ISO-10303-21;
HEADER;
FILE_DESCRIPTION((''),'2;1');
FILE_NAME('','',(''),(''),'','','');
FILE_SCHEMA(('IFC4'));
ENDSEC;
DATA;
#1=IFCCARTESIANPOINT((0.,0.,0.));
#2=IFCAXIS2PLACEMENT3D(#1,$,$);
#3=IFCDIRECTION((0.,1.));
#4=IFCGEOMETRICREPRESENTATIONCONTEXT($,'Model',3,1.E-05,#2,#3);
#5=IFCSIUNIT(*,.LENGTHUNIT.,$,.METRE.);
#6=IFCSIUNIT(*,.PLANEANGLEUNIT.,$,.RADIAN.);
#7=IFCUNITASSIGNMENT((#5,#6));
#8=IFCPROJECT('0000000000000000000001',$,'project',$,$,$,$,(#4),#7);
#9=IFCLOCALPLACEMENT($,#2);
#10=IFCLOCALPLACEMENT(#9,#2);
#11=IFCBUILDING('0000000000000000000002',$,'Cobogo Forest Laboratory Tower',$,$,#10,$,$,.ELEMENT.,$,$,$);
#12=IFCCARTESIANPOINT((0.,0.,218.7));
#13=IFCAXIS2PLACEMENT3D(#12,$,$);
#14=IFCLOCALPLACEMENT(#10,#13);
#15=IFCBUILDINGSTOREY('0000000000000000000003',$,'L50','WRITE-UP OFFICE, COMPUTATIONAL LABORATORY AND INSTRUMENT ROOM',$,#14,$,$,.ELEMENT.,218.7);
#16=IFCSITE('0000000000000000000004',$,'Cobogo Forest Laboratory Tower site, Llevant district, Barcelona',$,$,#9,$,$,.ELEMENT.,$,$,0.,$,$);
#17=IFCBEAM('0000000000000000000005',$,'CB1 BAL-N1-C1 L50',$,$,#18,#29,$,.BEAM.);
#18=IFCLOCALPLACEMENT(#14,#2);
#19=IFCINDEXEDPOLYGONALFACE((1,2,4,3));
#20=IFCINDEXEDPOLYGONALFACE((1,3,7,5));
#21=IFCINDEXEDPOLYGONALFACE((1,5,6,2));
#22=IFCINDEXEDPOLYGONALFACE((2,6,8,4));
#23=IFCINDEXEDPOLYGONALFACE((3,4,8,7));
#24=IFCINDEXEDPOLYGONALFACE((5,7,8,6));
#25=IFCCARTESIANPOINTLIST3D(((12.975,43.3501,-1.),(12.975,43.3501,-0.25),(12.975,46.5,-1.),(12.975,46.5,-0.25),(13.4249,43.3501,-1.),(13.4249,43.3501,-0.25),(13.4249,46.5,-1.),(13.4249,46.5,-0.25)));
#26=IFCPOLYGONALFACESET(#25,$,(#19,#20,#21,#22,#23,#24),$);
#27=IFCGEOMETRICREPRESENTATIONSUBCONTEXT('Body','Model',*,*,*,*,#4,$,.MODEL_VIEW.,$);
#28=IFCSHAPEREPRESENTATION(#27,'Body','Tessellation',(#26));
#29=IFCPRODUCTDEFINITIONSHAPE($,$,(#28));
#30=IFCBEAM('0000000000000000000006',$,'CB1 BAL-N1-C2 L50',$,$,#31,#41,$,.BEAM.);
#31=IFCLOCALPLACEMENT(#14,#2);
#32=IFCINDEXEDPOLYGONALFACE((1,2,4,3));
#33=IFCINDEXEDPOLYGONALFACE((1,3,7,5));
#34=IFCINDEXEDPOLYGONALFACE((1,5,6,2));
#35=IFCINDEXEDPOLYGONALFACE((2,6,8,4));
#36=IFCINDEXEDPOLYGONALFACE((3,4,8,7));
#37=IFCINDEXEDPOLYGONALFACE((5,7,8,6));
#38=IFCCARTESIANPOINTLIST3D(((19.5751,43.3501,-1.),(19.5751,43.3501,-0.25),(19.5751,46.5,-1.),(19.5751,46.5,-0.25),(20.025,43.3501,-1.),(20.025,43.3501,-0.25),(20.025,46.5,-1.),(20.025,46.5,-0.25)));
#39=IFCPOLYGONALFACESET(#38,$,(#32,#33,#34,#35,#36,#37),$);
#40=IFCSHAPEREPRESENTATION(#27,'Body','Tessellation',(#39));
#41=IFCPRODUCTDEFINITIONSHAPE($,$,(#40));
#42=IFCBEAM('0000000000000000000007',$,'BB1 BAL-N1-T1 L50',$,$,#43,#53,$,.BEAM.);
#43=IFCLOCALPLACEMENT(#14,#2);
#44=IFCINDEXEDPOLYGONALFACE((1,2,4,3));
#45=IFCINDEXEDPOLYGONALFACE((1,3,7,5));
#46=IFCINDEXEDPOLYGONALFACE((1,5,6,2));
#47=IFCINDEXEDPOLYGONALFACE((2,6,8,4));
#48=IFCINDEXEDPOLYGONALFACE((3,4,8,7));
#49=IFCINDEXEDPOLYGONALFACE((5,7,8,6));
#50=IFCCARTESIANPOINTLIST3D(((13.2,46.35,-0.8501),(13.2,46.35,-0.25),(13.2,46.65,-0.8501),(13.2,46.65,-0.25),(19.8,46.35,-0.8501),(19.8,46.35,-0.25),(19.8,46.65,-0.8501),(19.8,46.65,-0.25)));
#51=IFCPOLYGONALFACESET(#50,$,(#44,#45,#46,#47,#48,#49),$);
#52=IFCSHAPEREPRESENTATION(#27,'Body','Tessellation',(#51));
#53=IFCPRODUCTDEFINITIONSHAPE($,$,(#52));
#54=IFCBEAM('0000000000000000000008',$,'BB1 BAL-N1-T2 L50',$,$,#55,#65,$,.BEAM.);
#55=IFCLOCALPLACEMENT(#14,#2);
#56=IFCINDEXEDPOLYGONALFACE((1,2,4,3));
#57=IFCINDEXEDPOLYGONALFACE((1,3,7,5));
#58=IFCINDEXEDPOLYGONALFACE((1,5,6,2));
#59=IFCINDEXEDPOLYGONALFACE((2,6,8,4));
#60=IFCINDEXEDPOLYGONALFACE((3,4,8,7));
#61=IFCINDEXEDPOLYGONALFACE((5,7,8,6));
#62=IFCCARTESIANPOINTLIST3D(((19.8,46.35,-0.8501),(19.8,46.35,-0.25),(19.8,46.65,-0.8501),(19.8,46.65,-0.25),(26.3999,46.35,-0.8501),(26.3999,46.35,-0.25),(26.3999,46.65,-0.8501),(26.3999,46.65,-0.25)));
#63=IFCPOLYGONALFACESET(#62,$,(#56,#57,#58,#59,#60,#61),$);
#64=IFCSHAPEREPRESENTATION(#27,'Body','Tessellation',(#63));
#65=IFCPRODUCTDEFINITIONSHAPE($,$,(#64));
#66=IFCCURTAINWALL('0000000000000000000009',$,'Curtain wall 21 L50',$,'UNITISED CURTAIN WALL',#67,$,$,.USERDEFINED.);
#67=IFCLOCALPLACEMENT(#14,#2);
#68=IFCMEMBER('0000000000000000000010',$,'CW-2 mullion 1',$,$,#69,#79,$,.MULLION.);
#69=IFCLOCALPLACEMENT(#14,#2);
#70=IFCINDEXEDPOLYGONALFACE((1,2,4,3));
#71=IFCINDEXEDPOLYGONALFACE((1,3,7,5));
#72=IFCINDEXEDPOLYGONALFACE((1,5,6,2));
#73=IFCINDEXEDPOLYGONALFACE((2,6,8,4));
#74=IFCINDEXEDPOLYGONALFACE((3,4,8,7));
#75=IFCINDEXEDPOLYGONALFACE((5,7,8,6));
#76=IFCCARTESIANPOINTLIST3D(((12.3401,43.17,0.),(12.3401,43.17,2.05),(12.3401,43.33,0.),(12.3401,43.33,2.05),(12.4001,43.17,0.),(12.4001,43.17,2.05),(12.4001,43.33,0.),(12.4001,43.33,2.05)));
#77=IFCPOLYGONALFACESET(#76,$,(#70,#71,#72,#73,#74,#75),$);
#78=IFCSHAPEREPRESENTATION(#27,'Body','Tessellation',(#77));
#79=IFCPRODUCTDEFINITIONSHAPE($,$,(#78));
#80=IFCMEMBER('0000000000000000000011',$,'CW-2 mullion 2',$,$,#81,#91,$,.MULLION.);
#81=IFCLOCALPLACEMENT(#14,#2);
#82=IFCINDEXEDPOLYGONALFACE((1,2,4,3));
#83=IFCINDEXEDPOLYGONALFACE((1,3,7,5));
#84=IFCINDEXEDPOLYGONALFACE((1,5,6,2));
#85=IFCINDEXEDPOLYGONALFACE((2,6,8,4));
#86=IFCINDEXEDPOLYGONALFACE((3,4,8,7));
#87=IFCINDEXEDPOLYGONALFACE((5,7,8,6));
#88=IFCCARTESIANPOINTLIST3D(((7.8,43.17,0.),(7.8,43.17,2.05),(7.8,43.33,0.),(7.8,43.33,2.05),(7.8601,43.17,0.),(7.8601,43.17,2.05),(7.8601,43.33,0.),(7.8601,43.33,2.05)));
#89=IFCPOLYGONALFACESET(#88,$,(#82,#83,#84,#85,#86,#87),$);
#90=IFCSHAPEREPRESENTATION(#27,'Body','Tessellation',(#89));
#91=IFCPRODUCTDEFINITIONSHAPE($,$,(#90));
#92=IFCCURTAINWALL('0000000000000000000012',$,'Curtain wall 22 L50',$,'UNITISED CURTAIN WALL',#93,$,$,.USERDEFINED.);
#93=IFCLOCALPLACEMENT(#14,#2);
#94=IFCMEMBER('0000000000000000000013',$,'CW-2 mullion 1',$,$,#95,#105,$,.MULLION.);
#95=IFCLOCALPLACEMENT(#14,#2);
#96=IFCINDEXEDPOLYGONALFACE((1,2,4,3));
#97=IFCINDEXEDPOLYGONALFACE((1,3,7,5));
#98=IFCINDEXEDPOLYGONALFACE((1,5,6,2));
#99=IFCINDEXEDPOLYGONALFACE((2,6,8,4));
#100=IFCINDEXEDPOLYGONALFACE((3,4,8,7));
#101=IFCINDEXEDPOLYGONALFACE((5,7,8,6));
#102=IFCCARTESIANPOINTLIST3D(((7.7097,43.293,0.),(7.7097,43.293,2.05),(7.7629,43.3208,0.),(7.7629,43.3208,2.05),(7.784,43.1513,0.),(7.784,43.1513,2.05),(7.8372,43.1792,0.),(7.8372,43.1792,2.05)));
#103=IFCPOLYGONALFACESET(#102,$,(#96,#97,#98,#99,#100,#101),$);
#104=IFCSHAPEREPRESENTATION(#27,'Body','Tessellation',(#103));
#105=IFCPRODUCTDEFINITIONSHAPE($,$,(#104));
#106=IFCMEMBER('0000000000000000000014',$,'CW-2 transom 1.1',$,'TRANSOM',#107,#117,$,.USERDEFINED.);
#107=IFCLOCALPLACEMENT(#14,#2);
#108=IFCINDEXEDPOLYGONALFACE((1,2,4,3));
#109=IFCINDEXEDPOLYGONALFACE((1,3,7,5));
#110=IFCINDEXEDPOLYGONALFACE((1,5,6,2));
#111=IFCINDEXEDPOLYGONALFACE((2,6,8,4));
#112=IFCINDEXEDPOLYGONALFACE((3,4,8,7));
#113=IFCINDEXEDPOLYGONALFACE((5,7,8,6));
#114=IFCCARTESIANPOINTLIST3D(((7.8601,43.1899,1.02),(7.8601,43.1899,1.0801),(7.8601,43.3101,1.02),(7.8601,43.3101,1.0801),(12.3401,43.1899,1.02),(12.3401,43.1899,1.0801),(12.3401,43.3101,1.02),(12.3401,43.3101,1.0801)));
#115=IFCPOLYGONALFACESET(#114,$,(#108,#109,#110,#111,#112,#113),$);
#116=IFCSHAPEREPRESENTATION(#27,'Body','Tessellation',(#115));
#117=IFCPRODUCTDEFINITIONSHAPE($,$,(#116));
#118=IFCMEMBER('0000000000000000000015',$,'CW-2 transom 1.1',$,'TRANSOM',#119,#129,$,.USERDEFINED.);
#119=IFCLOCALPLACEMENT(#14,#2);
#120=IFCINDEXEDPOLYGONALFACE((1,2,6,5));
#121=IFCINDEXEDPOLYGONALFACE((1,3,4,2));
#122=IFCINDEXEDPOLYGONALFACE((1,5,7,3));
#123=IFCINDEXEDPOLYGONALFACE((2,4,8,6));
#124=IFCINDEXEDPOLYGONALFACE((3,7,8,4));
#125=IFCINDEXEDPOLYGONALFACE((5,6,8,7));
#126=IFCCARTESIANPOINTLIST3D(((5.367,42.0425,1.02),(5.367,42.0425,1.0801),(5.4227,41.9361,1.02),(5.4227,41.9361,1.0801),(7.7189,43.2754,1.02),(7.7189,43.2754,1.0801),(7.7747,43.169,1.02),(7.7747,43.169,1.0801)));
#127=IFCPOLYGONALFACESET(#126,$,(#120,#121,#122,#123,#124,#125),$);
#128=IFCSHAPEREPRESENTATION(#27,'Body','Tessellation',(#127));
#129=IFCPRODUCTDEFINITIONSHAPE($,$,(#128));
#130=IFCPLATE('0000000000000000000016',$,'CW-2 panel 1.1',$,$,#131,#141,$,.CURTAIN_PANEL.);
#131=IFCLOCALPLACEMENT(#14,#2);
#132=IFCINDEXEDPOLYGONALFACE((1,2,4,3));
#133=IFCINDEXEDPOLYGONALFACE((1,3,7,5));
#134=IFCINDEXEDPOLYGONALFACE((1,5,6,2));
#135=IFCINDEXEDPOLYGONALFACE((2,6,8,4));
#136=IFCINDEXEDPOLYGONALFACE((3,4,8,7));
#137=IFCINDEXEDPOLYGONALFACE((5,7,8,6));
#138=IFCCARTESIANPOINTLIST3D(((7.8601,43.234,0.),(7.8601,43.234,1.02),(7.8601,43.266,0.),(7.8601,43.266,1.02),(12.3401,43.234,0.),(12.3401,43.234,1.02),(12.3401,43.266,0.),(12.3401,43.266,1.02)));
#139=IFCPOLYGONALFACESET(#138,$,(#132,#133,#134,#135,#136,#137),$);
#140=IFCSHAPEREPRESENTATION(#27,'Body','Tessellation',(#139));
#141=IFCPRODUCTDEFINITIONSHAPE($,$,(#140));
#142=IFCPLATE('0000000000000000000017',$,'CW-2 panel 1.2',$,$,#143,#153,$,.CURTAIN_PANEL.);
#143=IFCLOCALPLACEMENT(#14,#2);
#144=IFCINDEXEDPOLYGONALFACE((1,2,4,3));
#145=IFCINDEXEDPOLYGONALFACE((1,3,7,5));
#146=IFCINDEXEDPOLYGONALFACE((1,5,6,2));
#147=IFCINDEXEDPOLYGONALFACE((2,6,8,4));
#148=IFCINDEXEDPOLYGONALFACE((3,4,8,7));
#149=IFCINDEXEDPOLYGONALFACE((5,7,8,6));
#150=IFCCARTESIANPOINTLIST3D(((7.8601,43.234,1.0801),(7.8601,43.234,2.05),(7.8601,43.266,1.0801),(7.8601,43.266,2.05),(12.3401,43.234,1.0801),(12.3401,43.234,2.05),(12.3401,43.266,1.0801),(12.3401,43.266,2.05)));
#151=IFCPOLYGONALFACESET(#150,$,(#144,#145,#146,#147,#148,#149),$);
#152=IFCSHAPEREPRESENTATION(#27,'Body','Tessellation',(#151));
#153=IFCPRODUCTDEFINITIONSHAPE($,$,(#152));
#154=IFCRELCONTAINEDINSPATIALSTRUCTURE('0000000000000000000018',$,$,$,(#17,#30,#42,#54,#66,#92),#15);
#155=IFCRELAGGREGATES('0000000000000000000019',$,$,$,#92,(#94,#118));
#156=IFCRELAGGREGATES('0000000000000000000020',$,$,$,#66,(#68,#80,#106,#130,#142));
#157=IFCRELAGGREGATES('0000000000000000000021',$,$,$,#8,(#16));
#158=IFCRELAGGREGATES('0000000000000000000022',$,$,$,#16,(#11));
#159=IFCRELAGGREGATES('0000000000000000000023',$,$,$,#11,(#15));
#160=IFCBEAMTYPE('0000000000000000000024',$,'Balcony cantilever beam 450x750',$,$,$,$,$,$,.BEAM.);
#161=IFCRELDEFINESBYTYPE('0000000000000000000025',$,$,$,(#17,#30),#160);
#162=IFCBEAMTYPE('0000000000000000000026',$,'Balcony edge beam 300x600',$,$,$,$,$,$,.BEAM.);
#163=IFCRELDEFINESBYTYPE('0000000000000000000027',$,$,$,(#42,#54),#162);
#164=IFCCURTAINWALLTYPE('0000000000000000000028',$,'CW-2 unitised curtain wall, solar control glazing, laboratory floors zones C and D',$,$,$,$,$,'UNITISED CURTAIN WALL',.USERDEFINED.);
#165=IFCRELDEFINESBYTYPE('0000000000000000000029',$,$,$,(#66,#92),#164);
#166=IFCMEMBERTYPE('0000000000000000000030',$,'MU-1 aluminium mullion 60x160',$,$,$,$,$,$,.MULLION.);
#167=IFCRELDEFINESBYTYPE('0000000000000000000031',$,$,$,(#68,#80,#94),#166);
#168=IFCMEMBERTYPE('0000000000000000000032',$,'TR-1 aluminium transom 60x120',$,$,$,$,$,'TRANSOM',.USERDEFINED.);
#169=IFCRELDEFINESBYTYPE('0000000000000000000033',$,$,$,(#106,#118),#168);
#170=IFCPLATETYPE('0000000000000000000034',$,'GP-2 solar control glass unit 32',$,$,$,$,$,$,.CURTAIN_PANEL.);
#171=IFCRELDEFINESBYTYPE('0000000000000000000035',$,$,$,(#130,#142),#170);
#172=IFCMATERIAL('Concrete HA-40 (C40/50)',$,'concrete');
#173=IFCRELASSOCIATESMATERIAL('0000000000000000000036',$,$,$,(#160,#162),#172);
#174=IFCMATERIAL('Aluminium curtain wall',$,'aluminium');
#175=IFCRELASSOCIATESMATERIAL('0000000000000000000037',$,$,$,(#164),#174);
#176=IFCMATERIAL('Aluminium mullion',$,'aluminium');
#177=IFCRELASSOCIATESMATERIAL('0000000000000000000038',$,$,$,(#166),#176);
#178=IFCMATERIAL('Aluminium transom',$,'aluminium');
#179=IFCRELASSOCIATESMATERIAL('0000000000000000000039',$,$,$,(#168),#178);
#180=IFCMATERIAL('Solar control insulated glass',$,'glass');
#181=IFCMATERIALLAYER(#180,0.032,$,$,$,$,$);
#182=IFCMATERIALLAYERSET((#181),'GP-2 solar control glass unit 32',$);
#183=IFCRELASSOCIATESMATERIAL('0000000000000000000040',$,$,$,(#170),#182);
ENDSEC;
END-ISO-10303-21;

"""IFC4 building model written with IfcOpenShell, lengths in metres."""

from ifc_helpers import new_model, si_unit, direction, frame, origin, origin_2d, place, context, subcontext, project, spatial, rectangle, extrude, material, layer, layer_set, material_profile, profile_set, type_object, element, aggregate, save


model = new_model("IFC4")

# Units and contexts
model_context = context("Model", 3, precision=1e-05, world=origin(), true_north=direction((0.0, 1.0)))
body_context = subcontext(model_context, "Body", "Model", "MODEL_VIEW")
ifc_project = project(units=[si_unit("LENGTHUNIT", "METRE"), si_unit("PLANEANGLEUNIT", "RADIAN")], contexts=[model_context])

# Site, building, storey
site_placement = place(None, origin())
site = spatial("IfcSite", under=ifc_project, at=site_placement, Name="Cobogo Forest Laboratory Tower site, Llevant district, Barcelona", CompositionType="ELEMENT", RefElevation=0.0)
building_placement = place(site_placement, origin())
building = spatial("IfcBuilding", under=site, at=building_placement, Name="Cobogo Forest Laboratory Tower", CompositionType="ELEMENT")
storey_placement = place(building_placement, frame((0.0, 0.0, 218.7)))
storey = spatial("IfcBuildingStorey", under=building, at=storey_placement, Name="L50", Description="WRITE-UP OFFICE, COMPUTATIONAL LABORATORY AND INSTRUMENT ROOM", CompositionType="ELEMENT", Elevation=218.7)

# Beams
ifc_material_1 = material(Name="Concrete HA-40 (C40/50)", Category="concrete")
ifc_material_profile_1 = material_profile(ifc_material_1, rectangle(XDim=0.45, YDim=0.75, at=origin_2d()), Name="RC 450x750")
ifc_profile_set_1 = profile_set([ifc_material_profile_1], Name="Concrete HA-40 (C40/50)")
beam_type_1 = type_object("IfcBeamType", Name="Balcony cantilever beam 450x750", PredefinedType="BEAM", material=ifc_profile_set_1)
for number, where, z_axis, x_axis, name in (
    (1, (13.2, 43.3501, -0.625), (0.0, 1.0, 0.0), (-1.0, 0.0, 0.0), "CB1 BAL-N1-C1 L50"),
    (2, (19.8, 43.3501, -0.625), (0.0, 1.0, 0.0), (-1.0, 0.0, 0.0), "CB1 BAL-N1-C2 L50"),
):
    element("IfcBeam", number, at=place(storey_placement, frame(where, z_axis=z_axis, x_axis=x_axis)), inside=storey, type_object=beam_type_1, Name=name, PredefinedType="BEAM", context=body_context, shape_type="SweptSolid", body=[
        extrude(rectangle(XDim=0.45, YDim=0.75, at=origin_2d()), origin(), (0.0, 0.0, 1.0), 3.1499),
    ])
ifc_material_profile_2 = material_profile(ifc_material_1, rectangle(XDim=0.3, YDim=0.6001, at=origin_2d()), Name="RC 300x600")
ifc_profile_set_2 = profile_set([ifc_material_profile_2], Name="Concrete HA-40 (C40/50)")
beam_type_2 = type_object("IfcBeamType", Name="Balcony edge beam 300x600", PredefinedType="BEAM", material=ifc_profile_set_2)
beam_1_placement = place(storey_placement, frame((13.2, 46.5, -0.55), z_axis=(1.0, 0.0, 0.0), x_axis=(0.0, 1.0, 0.0)))
element("IfcBeam", 3, at=beam_1_placement, inside=storey, type_object=beam_type_2, Name="BB1 BAL-N1-T1 L50", PredefinedType="BEAM", context=body_context, shape_type="SweptSolid", body=[
    extrude(rectangle(XDim=0.3, YDim=0.6001, at=origin_2d()), origin(), (0.0, 0.0, 1.0), 6.6001),
])
beam_2_placement = place(storey_placement, frame((19.8, 46.5, -0.55), z_axis=(1.0, 0.0, 0.0), x_axis=(0.0, 1.0, 0.0)))
element("IfcBeam", 4, at=beam_2_placement, inside=storey, type_object=beam_type_2, Name="BB1 BAL-N1-T2 L50", PredefinedType="BEAM", context=body_context, shape_type="SweptSolid", body=[
    extrude(rectangle(XDim=0.3, YDim=0.6001, at=origin_2d()), origin(), (0.0, 0.0, 1.0), 6.5999),
])

# Curtain wall, members
ifc_material_2 = material(Name="Aluminium curtain wall", Category="aluminium")
curtain_wall_type = type_object("IfcCurtainWallType", Name="CW-2 unitised curtain wall, solar control glazing, laboratory floors zones C and D", ElementType="UNITISED CURTAIN WALL", PredefinedType="USERDEFINED", material=ifc_material_2)
curtain_wall_1_placement = place(storey_placement, origin())
curtain_wall_1 = element("IfcCurtainWall", 5, at=curtain_wall_1_placement, inside=storey, type_object=curtain_wall_type, Name="Curtain wall 21 L50", ObjectType="UNITISED CURTAIN WALL", PredefinedType="USERDEFINED")
ifc_material_3 = material(Name="Aluminium mullion", Category="aluminium")
ifc_material_profile_3 = material_profile(ifc_material_3, rectangle(XDim=0.0601, YDim=0.1599, at=origin_2d()), Name="AL 60x160")
ifc_profile_set_3 = profile_set([ifc_material_profile_3], Name="Aluminium mullion")
member_type_1 = type_object("IfcMemberType", Name="MU-1 aluminium mullion 60x160", PredefinedType="MULLION", material=ifc_profile_set_3)
member_1_placement = place(storey_placement, frame((12.3701, 43.25, 0.0), z_axis=(0.0, 0.0, 1.0), x_axis=(-1.0, 0.0, 0.0)))
member_1 = element("IfcMember", 6, at=member_1_placement, type_object=member_type_1, Name="CW-2 mullion 1", PredefinedType="MULLION", context=body_context, shape_type="SweptSolid", body=[
    extrude(rectangle(XDim=0.0601, YDim=0.1599, at=origin_2d()), origin(), (0.0, 0.0, 1.0), 2.05),
])
member_2_placement = place(storey_placement, frame((7.8301, 43.25, 0.0), z_axis=(0.0, 0.0, 1.0), x_axis=(-1.0, 0.0, 0.0)))
member_2 = element("IfcMember", 7, at=member_2_placement, type_object=member_type_1, Name="CW-2 mullion 2", PredefinedType="MULLION", context=body_context, shape_type="SweptSolid", body=[
    extrude(rectangle(XDim=0.0601, YDim=0.1599, at=origin_2d()), origin(), (0.0, 0.0, 1.0), 2.05),
])

# Curtain wall, member
curtain_wall_2_placement = place(storey_placement, origin())
curtain_wall_2 = element("IfcCurtainWall", 8, at=curtain_wall_2_placement, inside=storey, type_object=curtain_wall_type, Name="Curtain wall 22 L50", ObjectType="UNITISED CURTAIN WALL", PredefinedType="USERDEFINED")
member_3_placement = place(storey_placement, frame((7.7734, 43.2361, 0.0), z_axis=(0.0, 0.0, 1.0), x_axis=(-0.885687, -0.464284, 0.0)))
member_3 = element("IfcMember", 9, at=member_3_placement, type_object=member_type_1, Name="CW-2 mullion 1", PredefinedType="MULLION", context=body_context, shape_type="SweptSolid", body=[
    extrude(rectangle(XDim=0.0601, YDim=0.1599, at=origin_2d()), origin(), (0.0, 0.0, 1.0), 2.05),
])

# Members
ifc_material_4 = material(Name="Aluminium transom", Category="aluminium")
ifc_material_profile_4 = material_profile(ifc_material_4, rectangle(XDim=0.1201, YDim=0.0601, at=origin_2d()), Name="AL 60x120")
ifc_profile_set_4 = profile_set([ifc_material_profile_4], Name="Aluminium transom")
member_type_2 = type_object("IfcMemberType", Name="TR-1 aluminium transom 60x120", ElementType="TRANSOM", PredefinedType="USERDEFINED", material=ifc_profile_set_4)
member_4_placement = place(storey_placement, frame((12.3401, 43.25, 1.05), z_axis=(-1.0, 0.0, 0.0), x_axis=(0.0, -1.0, 0.0)))
member_4 = element("IfcMember", 10, at=member_4_placement, type_object=member_type_2, Name="CW-2 transom 1.1", ObjectType="TRANSOM", PredefinedType="USERDEFINED", context=body_context, shape_type="SweptSolid", body=[
    extrude(rectangle(XDim=0.1201, YDim=0.0601, at=origin_2d()), origin(), (0.0, 0.0, 1.0), 4.48),
])
member_5_placement = place(storey_placement, frame((7.7468, 43.2222, 1.05), z_axis=(-0.885695, -0.464268, 0.0), x_axis=(0.464268, -0.885695, 0.0)))
member_5 = element("IfcMember", 11, at=member_5_placement, type_object=member_type_2, Name="CW-2 transom 1.1", ObjectType="TRANSOM", PredefinedType="USERDEFINED", context=body_context, shape_type="SweptSolid", body=[
    extrude(rectangle(XDim=0.1201, YDim=0.0601, at=origin_2d()), origin(), (0.0, 0.0, 1.0), 2.6555),
])
aggregate(curtain_wall_2, [member_3, member_5])

# Plates
ifc_material_5 = material(Name="Solar control insulated glass", Category="glass")
ifc_layer_1 = layer(ifc_material_5, 0.032)
ifc_layer_set_1 = layer_set([ifc_layer_1], Name="GP-2 solar control glass unit 32")
plate_type = type_object("IfcPlateType", Name="GP-2 solar control glass unit 32", PredefinedType="CURTAIN_PANEL", material=ifc_layer_set_1)
plate_1_placement = place(storey_placement, frame((10.1001, 43.25, 0.0), z_axis=(0.0, 0.0, 1.0), x_axis=(-1.0, 0.0, 0.0)))
plate_1 = element("IfcPlate", 12, at=plate_1_placement, type_object=plate_type, Name="CW-2 panel 1.1", PredefinedType="CURTAIN_PANEL", context=body_context, shape_type="SweptSolid", body=[
    extrude(rectangle(XDim=4.48, YDim=0.032, at=origin_2d()), origin(), (0.0, 0.0, 1.0), 1.02),
])
plate_2_placement = place(storey_placement, frame((10.1001, 43.25, 1.0801), z_axis=(0.0, 0.0, 1.0), x_axis=(-1.0, 0.0, 0.0)))
plate_2 = element("IfcPlate", 13, at=plate_2_placement, type_object=plate_type, Name="CW-2 panel 1.2", PredefinedType="CURTAIN_PANEL", context=body_context, shape_type="SweptSolid", body=[
    extrude(rectangle(XDim=4.48, YDim=0.032, at=origin_2d()), origin(), (0.0, 0.0, 1.0), 0.97),
])
aggregate(curtain_wall_1, [member_1, member_2, member_4, plate_1, plate_2])

save(model, "model.ifc")
